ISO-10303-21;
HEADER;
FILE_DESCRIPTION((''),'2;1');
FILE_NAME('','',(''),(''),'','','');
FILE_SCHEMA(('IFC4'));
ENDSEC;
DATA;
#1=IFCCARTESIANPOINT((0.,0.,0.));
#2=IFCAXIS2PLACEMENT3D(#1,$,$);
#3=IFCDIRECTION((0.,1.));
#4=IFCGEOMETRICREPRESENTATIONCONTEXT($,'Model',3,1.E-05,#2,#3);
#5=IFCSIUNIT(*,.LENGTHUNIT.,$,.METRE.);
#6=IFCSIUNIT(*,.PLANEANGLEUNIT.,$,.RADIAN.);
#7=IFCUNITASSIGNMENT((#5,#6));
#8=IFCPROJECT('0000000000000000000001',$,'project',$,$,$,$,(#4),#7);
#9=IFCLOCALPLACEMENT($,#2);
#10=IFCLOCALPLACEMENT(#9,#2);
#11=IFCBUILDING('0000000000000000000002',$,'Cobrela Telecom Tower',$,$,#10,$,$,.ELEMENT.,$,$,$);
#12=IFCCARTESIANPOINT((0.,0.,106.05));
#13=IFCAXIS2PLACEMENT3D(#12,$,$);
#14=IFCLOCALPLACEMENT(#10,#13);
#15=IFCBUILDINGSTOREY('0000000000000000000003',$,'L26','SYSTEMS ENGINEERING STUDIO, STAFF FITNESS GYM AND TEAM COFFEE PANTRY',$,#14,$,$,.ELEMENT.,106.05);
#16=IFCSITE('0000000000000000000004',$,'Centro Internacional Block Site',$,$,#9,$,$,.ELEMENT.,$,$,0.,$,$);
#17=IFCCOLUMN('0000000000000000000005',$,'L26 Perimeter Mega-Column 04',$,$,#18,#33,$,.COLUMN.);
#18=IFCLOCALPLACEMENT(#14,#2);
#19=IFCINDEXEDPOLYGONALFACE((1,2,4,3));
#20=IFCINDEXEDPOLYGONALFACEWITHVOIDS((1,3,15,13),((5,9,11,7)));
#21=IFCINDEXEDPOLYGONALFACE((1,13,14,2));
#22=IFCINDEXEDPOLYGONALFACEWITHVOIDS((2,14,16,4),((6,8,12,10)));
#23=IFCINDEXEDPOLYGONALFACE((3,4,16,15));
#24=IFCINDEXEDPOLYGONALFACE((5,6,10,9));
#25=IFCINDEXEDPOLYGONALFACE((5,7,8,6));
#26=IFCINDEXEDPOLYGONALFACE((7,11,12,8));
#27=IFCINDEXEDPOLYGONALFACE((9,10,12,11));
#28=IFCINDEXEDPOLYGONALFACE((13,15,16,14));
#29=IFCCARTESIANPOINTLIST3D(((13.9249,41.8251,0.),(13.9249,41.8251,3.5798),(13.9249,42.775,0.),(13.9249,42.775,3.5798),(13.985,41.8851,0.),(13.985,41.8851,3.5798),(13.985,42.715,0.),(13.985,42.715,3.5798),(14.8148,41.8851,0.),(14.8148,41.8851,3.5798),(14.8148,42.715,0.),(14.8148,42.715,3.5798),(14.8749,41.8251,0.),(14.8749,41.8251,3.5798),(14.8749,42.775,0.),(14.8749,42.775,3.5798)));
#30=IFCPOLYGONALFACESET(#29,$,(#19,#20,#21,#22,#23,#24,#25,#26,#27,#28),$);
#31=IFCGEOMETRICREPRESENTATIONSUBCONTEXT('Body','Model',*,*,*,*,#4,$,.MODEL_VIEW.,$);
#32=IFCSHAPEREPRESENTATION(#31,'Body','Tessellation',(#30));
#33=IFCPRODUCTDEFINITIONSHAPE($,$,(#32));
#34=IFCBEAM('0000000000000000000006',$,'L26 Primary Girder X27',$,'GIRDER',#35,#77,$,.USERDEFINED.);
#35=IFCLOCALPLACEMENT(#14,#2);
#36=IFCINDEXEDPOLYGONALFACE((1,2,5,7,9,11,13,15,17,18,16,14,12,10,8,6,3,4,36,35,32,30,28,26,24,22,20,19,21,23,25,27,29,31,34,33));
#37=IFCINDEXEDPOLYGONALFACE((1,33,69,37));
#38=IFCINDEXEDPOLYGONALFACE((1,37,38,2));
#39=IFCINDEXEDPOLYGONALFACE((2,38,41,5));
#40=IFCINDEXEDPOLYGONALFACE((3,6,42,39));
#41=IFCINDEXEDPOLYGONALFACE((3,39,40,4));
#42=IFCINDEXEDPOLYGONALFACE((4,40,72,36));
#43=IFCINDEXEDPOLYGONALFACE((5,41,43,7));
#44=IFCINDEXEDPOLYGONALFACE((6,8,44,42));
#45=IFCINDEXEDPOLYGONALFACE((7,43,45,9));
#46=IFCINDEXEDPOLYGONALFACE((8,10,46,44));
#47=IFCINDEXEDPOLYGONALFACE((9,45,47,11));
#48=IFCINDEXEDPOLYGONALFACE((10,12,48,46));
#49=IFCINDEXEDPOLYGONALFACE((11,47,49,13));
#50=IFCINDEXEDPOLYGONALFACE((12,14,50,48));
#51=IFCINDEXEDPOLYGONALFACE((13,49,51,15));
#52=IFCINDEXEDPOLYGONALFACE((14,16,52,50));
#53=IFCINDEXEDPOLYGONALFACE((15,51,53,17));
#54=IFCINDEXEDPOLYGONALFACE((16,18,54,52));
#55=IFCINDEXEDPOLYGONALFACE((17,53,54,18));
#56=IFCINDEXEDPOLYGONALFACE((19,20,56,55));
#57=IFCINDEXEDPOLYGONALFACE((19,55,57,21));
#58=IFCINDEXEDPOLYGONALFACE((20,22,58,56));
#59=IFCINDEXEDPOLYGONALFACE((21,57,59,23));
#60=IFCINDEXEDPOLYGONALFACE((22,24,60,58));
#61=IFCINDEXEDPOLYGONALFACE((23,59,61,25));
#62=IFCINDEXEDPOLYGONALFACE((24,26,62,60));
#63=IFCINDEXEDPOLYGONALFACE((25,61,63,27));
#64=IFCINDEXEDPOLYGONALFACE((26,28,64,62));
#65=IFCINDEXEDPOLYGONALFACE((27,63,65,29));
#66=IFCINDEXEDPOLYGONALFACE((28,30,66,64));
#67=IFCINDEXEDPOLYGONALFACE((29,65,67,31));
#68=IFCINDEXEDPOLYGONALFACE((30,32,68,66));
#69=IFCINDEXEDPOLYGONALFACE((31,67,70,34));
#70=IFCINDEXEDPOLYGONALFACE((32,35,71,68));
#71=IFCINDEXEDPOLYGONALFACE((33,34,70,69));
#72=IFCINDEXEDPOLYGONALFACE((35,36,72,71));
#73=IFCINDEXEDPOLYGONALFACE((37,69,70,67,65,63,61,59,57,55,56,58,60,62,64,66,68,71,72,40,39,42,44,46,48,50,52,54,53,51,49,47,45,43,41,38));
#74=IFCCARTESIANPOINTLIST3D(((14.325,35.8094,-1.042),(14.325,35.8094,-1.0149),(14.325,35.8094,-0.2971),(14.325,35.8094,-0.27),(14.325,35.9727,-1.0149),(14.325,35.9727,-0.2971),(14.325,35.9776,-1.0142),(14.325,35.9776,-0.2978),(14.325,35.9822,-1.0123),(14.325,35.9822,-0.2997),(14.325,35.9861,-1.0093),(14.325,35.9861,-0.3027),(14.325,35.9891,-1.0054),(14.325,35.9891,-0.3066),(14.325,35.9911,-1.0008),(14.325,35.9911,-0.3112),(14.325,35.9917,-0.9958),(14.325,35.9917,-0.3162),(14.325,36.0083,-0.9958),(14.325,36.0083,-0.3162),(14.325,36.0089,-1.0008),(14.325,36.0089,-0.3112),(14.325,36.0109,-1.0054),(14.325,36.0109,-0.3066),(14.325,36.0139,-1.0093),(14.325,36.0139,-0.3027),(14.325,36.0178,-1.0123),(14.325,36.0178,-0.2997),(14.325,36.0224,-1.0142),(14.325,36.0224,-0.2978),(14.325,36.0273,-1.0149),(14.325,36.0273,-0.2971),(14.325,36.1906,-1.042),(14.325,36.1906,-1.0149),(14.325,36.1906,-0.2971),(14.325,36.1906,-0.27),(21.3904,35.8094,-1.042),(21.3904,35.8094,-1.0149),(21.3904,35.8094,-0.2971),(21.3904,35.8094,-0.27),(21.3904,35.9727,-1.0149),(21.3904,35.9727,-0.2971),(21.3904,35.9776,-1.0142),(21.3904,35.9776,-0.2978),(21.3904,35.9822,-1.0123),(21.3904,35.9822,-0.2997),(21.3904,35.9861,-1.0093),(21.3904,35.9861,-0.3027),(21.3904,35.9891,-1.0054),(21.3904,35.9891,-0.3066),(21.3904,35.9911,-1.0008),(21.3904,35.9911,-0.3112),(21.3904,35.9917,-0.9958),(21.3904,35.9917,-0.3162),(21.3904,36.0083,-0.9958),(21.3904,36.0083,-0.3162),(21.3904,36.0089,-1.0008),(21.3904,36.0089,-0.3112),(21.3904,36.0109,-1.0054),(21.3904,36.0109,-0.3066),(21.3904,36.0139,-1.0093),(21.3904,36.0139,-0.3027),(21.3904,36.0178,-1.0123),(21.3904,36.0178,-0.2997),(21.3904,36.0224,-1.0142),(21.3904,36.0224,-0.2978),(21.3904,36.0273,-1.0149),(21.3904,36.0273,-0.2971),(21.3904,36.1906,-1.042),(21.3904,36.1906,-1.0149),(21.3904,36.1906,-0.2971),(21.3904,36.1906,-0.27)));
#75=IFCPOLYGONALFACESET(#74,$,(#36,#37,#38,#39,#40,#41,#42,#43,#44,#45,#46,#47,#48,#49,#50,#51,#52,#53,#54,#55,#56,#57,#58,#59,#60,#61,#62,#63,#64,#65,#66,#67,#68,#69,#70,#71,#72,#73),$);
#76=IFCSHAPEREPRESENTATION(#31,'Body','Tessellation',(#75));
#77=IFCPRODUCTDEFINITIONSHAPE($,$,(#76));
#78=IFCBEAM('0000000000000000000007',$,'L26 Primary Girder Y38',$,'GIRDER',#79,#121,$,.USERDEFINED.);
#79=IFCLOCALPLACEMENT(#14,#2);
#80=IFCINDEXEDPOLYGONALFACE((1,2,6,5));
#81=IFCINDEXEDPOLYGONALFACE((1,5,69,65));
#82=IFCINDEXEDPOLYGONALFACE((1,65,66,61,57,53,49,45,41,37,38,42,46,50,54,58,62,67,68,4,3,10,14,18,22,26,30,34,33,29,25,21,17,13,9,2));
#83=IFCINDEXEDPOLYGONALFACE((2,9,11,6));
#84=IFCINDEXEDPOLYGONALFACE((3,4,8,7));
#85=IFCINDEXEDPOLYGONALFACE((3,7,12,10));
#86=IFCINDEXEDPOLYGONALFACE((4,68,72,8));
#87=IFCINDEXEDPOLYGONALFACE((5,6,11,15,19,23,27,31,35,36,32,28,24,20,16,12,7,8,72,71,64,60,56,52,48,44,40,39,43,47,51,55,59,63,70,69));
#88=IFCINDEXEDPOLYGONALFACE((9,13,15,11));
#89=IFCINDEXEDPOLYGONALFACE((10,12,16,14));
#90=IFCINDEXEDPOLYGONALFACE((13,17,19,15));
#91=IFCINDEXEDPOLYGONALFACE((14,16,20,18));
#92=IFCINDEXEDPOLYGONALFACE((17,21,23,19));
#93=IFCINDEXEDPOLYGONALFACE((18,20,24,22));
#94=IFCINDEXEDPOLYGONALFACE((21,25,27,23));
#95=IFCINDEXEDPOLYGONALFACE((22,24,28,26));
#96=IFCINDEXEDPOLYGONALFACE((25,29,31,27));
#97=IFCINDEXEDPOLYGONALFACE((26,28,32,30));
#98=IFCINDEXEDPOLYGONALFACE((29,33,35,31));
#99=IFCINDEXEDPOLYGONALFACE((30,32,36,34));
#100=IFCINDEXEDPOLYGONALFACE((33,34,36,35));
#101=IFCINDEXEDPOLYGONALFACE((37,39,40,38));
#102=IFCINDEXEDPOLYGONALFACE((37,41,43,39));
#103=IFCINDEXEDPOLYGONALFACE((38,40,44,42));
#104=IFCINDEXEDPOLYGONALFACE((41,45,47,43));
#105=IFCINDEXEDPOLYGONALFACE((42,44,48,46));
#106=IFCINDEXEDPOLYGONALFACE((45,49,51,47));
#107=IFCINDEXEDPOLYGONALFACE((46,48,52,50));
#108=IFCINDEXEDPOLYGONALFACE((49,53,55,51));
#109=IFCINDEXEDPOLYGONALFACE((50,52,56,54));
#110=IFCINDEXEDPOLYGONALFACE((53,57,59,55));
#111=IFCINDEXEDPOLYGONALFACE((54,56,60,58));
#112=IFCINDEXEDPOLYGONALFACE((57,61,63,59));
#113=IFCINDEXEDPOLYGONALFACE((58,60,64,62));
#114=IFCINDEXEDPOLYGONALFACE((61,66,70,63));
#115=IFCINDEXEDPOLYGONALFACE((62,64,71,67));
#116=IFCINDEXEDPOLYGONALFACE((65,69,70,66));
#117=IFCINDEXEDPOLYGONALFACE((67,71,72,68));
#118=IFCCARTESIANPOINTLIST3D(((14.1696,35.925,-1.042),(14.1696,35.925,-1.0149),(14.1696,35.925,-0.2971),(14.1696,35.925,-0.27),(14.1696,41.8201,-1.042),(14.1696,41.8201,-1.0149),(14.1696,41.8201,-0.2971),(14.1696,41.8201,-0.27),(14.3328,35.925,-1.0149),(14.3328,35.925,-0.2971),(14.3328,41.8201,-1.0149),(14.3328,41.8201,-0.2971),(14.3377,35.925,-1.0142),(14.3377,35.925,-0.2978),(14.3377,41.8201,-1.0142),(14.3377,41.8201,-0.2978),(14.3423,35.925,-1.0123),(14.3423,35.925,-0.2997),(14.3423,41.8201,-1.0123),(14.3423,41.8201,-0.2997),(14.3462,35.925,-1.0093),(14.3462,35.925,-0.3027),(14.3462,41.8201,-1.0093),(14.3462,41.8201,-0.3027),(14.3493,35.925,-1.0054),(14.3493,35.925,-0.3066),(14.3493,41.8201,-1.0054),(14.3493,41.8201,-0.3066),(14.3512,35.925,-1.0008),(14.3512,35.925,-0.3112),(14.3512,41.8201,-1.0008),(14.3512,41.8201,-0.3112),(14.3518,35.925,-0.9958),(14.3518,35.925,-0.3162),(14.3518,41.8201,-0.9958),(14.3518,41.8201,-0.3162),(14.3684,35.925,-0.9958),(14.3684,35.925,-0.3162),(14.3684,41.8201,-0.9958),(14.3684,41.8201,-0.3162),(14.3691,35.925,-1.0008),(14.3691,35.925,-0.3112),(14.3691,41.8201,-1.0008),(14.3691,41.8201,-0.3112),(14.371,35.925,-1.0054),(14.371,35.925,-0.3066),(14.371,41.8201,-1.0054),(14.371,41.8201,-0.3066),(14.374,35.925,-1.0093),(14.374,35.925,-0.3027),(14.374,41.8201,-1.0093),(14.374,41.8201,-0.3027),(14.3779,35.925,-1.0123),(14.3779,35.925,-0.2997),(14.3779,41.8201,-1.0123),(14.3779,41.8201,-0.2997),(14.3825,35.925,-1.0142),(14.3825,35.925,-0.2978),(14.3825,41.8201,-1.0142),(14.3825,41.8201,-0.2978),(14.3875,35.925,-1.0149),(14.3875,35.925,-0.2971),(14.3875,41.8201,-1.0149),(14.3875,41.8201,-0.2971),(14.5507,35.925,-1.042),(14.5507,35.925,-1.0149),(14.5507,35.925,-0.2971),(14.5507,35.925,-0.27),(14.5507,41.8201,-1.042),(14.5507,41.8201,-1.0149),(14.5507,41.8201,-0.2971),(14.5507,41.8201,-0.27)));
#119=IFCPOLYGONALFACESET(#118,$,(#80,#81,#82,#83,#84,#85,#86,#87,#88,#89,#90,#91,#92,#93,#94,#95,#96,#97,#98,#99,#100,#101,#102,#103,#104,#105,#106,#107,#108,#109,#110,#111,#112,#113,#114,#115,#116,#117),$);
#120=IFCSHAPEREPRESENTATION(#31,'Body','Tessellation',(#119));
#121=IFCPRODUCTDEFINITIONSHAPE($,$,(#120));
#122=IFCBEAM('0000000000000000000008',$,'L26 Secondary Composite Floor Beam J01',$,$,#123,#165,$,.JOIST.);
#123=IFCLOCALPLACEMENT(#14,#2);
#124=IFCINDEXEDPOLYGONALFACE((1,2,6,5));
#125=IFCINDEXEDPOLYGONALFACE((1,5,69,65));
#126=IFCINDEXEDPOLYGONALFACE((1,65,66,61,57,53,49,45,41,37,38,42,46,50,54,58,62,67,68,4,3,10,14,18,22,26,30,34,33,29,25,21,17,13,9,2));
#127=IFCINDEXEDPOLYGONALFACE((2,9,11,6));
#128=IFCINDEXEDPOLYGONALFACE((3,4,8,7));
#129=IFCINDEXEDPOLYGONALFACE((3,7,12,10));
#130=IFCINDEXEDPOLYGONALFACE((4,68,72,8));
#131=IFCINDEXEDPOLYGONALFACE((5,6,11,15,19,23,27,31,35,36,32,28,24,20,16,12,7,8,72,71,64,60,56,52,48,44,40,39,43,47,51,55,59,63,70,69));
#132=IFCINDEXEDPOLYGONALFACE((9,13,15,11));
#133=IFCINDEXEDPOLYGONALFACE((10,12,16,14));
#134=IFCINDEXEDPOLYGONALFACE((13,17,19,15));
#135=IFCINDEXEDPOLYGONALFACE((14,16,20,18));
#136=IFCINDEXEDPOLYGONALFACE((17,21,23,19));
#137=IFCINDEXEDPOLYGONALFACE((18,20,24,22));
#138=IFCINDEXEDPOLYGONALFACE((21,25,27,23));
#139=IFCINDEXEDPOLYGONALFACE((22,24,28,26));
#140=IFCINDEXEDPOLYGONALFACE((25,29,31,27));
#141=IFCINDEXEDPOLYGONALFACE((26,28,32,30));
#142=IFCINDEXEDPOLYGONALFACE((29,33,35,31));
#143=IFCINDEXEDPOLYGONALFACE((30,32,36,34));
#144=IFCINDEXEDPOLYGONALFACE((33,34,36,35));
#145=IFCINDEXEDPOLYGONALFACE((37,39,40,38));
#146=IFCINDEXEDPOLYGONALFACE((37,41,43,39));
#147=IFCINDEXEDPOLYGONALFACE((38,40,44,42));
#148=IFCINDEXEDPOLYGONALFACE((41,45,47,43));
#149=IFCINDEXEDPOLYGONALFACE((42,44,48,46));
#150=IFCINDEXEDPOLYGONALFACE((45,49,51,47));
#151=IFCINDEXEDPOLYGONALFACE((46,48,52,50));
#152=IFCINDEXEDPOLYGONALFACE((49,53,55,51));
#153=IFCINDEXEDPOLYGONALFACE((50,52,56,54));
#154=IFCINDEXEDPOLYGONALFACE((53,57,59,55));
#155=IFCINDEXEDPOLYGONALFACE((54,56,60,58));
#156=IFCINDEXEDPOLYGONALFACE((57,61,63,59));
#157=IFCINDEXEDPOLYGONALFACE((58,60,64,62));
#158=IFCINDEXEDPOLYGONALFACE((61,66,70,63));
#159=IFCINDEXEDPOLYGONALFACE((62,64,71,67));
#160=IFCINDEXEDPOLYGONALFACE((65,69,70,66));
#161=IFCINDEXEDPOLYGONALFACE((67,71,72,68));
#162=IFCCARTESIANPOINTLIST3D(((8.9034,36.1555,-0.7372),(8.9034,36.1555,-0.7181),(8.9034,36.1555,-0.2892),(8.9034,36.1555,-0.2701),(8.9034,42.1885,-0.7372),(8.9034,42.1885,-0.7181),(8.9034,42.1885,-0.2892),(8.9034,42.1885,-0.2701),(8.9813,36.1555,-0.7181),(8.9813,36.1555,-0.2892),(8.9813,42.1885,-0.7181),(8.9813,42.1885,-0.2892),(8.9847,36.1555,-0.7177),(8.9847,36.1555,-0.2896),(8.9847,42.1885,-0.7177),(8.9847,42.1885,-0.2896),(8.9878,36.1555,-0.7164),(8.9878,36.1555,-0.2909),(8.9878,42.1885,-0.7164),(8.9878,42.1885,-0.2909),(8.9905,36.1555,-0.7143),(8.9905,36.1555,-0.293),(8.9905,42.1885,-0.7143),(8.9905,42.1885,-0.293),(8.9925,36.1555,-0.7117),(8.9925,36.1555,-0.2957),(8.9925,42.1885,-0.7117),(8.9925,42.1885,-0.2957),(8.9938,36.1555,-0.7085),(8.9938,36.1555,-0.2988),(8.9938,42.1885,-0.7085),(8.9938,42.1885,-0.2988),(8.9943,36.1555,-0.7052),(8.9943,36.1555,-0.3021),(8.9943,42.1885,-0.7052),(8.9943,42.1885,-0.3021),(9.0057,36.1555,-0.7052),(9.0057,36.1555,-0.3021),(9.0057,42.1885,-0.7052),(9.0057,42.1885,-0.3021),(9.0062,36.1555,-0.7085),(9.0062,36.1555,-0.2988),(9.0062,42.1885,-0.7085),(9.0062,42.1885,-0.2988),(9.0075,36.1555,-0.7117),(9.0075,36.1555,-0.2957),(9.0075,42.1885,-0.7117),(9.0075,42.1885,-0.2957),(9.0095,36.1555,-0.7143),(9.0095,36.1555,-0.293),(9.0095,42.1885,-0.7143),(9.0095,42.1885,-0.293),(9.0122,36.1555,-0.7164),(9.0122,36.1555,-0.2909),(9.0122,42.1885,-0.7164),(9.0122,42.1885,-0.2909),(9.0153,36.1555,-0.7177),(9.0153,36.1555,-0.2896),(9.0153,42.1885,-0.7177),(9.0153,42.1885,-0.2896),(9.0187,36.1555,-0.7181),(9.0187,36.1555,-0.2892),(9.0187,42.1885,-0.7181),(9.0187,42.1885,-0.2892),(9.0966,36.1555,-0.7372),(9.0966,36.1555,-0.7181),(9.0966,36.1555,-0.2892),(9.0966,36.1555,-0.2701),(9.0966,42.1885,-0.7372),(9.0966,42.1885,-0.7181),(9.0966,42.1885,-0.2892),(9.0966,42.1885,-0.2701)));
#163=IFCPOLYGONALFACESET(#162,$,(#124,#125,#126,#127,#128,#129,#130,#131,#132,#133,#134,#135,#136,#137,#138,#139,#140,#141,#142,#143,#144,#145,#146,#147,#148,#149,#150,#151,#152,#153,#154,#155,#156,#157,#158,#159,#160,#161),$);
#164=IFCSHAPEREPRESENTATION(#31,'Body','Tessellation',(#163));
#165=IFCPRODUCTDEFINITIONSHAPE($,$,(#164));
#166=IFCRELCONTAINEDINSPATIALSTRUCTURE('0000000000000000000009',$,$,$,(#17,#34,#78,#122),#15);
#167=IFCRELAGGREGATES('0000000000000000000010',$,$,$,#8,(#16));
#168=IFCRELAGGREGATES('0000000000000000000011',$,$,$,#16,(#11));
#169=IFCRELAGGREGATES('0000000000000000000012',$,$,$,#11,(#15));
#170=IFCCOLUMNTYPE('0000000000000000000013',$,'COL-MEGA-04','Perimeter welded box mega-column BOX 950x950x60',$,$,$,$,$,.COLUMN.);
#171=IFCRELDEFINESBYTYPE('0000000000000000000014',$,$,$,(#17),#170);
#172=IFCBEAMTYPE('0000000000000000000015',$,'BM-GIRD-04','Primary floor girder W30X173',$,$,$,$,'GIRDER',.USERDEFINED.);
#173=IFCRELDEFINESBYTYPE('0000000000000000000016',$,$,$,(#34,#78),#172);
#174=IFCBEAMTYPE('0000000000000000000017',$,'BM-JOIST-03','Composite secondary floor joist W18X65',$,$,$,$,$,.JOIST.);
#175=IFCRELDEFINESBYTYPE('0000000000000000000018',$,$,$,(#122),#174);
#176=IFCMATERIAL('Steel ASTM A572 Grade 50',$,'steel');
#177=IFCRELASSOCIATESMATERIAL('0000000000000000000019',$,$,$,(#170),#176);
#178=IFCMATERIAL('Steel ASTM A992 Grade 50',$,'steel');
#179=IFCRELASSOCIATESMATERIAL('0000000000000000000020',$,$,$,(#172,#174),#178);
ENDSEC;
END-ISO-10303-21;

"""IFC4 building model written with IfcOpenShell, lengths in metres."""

from ifc_helpers import new_model, si_unit, direction, frame, origin, origin_2d, place, context, subcontext, project, spatial, hollow_rectangle, i_section, extrude, material, material_profile, profile_set, type_object, element, save


model = new_model("IFC4")

# Units and contexts
model_context = context("Model", 3, precision=1e-05, world=origin(), true_north=direction((0.0, 1.0)))
body_context = subcontext(model_context, "Body", "Model", "MODEL_VIEW")
ifc_project = project(units=[si_unit("LENGTHUNIT", "METRE"), si_unit("PLANEANGLEUNIT", "RADIAN")], contexts=[model_context])

# Site, building, storey
site_placement = place(None, origin())
site = spatial("IfcSite", under=ifc_project, at=site_placement, Name="Centro Internacional Block Site", CompositionType="ELEMENT", RefElevation=0.0)
building_placement = place(site_placement, origin())
building = spatial("IfcBuilding", under=site, at=building_placement, Name="Cobrela Telecom Tower", CompositionType="ELEMENT")
storey_placement = place(building_placement, frame((0.0, 0.0, 106.05)))
storey = spatial("IfcBuildingStorey", under=building, at=storey_placement, Name="L26", Description="SYSTEMS ENGINEERING STUDIO, STAFF FITNESS GYM AND TEAM COFFEE PANTRY", CompositionType="ELEMENT", Elevation=106.05)

# Column
ifc_material_1 = material(Name="Steel ASTM A572 Grade 50", Category="steel")
ifc_material_profile_1 = material_profile(ifc_material_1, hollow_rectangle(XDim=0.95, YDim=0.95, WallThickness=0.0601, at=origin_2d()), Name="BOX 950x950x60")
ifc_profile_set_1 = profile_set([ifc_material_profile_1], Name="Steel ASTM A572 Grade 50")
column_type = type_object("IfcColumnType", Name="COL-MEGA-04", Description="Perimeter welded box mega-column BOX 950x950x60", PredefinedType="COLUMN", material=ifc_profile_set_1)
column_placement = place(storey_placement, frame((14.3999, 42.3, 0.0), z_axis=(0.0, 0.0, 1.0), x_axis=(1.0, 0.0, 0.0)))
element("IfcColumn", 1, at=column_placement, inside=storey, type_object=column_type, Name="L26 Perimeter Mega-Column 04", PredefinedType="COLUMN", context=body_context, shape_type="SweptSolid", body=[
    extrude(hollow_rectangle(XDim=0.95, YDim=0.95, WallThickness=0.0601, at=origin_2d()), origin(), (0.0, 0.0, 1.0), 3.5798),
])

# Beams
ifc_material_2 = material(Name="Steel ASTM A992 Grade 50", Category="steel")
ifc_material_profile_2 = material_profile(ifc_material_2, i_section(OverallWidth=0.3811, OverallDepth=0.772, WebThickness=0.0166, FlangeThickness=0.0271, FilletRadius=0.019, at=origin_2d()), Name="W30X173")
ifc_profile_set_2 = profile_set([ifc_material_profile_2], Name="Steel ASTM A992 Grade 50")
beam_type_1 = type_object("IfcBeamType", Name="BM-GIRD-04", Description="Primary floor girder W30X173", ElementType="GIRDER", PredefinedType="USERDEFINED", material=ifc_profile_set_2)
beam_1_placement = place(storey_placement, frame((14.325, 36.0, -0.656), z_axis=(1.0, 0.0, 0.0), x_axis=(0.0, 1.0, 0.0)))
element("IfcBeam", 2, at=beam_1_placement, inside=storey, type_object=beam_type_1, Name="L26 Primary Girder X27", ObjectType="GIRDER", PredefinedType="USERDEFINED", context=body_context, shape_type="SweptSolid", body=[
    extrude(i_section(OverallWidth=0.3811, OverallDepth=0.772, WebThickness=0.0166, FlangeThickness=0.0271, FilletRadius=0.019, at=origin_2d()), origin(), (0.0, 0.0, 1.0), 7.0654),
])
beam_2_placement = place(storey_placement, frame((14.3601, 35.925, -0.656), z_axis=(0.0, 1.0, 0.0), x_axis=(-1.0, 0.0, 0.0)))
element("IfcBeam", 3, at=beam_2_placement, inside=storey, type_object=beam_type_1, Name="L26 Primary Girder Y38", ObjectType="GIRDER", PredefinedType="USERDEFINED", context=body_context, shape_type="SweptSolid", body=[
    extrude(i_section(OverallWidth=0.3811, OverallDepth=0.772, WebThickness=0.0166, FlangeThickness=0.0271, FilletRadius=0.019, at=origin_2d()), origin(), (0.0, 0.0, 1.0), 5.895),
])
ifc_material_profile_3 = material_profile(ifc_material_2, i_section(OverallWidth=0.1931, OverallDepth=0.467, WebThickness=0.0115, FlangeThickness=0.019, FilletRadius=0.0129, at=origin_2d()), Name="W18X65")
ifc_profile_set_3 = profile_set([ifc_material_profile_3], Name="Steel ASTM A992 Grade 50")
beam_type_2 = type_object("IfcBeamType", Name="BM-JOIST-03", Description="Composite secondary floor joist W18X65", PredefinedType="JOIST", material=ifc_profile_set_3)
for number, where, z_axis, x_axis, name in (
    (4, (9.0, 36.1555, -0.5037), (0.0, 1.0, 0.0), (-1.0, 0.0, 0.0), "L26 Secondary Composite Floor Beam J01"),
):
    element("IfcBeam", number, at=place(storey_placement, frame(where, z_axis=z_axis, x_axis=x_axis)), inside=storey, type_object=beam_type_2, Name=name, PredefinedType="JOIST", context=body_context, shape_type="SweptSolid", body=[
        extrude(i_section(OverallWidth=0.1931, OverallDepth=0.467, WebThickness=0.0115, FlangeThickness=0.019, FilletRadius=0.0129, at=origin_2d()), origin(), (0.0, 0.0, 1.0), 6.033),
    ])

save(model, "model.ifc")
